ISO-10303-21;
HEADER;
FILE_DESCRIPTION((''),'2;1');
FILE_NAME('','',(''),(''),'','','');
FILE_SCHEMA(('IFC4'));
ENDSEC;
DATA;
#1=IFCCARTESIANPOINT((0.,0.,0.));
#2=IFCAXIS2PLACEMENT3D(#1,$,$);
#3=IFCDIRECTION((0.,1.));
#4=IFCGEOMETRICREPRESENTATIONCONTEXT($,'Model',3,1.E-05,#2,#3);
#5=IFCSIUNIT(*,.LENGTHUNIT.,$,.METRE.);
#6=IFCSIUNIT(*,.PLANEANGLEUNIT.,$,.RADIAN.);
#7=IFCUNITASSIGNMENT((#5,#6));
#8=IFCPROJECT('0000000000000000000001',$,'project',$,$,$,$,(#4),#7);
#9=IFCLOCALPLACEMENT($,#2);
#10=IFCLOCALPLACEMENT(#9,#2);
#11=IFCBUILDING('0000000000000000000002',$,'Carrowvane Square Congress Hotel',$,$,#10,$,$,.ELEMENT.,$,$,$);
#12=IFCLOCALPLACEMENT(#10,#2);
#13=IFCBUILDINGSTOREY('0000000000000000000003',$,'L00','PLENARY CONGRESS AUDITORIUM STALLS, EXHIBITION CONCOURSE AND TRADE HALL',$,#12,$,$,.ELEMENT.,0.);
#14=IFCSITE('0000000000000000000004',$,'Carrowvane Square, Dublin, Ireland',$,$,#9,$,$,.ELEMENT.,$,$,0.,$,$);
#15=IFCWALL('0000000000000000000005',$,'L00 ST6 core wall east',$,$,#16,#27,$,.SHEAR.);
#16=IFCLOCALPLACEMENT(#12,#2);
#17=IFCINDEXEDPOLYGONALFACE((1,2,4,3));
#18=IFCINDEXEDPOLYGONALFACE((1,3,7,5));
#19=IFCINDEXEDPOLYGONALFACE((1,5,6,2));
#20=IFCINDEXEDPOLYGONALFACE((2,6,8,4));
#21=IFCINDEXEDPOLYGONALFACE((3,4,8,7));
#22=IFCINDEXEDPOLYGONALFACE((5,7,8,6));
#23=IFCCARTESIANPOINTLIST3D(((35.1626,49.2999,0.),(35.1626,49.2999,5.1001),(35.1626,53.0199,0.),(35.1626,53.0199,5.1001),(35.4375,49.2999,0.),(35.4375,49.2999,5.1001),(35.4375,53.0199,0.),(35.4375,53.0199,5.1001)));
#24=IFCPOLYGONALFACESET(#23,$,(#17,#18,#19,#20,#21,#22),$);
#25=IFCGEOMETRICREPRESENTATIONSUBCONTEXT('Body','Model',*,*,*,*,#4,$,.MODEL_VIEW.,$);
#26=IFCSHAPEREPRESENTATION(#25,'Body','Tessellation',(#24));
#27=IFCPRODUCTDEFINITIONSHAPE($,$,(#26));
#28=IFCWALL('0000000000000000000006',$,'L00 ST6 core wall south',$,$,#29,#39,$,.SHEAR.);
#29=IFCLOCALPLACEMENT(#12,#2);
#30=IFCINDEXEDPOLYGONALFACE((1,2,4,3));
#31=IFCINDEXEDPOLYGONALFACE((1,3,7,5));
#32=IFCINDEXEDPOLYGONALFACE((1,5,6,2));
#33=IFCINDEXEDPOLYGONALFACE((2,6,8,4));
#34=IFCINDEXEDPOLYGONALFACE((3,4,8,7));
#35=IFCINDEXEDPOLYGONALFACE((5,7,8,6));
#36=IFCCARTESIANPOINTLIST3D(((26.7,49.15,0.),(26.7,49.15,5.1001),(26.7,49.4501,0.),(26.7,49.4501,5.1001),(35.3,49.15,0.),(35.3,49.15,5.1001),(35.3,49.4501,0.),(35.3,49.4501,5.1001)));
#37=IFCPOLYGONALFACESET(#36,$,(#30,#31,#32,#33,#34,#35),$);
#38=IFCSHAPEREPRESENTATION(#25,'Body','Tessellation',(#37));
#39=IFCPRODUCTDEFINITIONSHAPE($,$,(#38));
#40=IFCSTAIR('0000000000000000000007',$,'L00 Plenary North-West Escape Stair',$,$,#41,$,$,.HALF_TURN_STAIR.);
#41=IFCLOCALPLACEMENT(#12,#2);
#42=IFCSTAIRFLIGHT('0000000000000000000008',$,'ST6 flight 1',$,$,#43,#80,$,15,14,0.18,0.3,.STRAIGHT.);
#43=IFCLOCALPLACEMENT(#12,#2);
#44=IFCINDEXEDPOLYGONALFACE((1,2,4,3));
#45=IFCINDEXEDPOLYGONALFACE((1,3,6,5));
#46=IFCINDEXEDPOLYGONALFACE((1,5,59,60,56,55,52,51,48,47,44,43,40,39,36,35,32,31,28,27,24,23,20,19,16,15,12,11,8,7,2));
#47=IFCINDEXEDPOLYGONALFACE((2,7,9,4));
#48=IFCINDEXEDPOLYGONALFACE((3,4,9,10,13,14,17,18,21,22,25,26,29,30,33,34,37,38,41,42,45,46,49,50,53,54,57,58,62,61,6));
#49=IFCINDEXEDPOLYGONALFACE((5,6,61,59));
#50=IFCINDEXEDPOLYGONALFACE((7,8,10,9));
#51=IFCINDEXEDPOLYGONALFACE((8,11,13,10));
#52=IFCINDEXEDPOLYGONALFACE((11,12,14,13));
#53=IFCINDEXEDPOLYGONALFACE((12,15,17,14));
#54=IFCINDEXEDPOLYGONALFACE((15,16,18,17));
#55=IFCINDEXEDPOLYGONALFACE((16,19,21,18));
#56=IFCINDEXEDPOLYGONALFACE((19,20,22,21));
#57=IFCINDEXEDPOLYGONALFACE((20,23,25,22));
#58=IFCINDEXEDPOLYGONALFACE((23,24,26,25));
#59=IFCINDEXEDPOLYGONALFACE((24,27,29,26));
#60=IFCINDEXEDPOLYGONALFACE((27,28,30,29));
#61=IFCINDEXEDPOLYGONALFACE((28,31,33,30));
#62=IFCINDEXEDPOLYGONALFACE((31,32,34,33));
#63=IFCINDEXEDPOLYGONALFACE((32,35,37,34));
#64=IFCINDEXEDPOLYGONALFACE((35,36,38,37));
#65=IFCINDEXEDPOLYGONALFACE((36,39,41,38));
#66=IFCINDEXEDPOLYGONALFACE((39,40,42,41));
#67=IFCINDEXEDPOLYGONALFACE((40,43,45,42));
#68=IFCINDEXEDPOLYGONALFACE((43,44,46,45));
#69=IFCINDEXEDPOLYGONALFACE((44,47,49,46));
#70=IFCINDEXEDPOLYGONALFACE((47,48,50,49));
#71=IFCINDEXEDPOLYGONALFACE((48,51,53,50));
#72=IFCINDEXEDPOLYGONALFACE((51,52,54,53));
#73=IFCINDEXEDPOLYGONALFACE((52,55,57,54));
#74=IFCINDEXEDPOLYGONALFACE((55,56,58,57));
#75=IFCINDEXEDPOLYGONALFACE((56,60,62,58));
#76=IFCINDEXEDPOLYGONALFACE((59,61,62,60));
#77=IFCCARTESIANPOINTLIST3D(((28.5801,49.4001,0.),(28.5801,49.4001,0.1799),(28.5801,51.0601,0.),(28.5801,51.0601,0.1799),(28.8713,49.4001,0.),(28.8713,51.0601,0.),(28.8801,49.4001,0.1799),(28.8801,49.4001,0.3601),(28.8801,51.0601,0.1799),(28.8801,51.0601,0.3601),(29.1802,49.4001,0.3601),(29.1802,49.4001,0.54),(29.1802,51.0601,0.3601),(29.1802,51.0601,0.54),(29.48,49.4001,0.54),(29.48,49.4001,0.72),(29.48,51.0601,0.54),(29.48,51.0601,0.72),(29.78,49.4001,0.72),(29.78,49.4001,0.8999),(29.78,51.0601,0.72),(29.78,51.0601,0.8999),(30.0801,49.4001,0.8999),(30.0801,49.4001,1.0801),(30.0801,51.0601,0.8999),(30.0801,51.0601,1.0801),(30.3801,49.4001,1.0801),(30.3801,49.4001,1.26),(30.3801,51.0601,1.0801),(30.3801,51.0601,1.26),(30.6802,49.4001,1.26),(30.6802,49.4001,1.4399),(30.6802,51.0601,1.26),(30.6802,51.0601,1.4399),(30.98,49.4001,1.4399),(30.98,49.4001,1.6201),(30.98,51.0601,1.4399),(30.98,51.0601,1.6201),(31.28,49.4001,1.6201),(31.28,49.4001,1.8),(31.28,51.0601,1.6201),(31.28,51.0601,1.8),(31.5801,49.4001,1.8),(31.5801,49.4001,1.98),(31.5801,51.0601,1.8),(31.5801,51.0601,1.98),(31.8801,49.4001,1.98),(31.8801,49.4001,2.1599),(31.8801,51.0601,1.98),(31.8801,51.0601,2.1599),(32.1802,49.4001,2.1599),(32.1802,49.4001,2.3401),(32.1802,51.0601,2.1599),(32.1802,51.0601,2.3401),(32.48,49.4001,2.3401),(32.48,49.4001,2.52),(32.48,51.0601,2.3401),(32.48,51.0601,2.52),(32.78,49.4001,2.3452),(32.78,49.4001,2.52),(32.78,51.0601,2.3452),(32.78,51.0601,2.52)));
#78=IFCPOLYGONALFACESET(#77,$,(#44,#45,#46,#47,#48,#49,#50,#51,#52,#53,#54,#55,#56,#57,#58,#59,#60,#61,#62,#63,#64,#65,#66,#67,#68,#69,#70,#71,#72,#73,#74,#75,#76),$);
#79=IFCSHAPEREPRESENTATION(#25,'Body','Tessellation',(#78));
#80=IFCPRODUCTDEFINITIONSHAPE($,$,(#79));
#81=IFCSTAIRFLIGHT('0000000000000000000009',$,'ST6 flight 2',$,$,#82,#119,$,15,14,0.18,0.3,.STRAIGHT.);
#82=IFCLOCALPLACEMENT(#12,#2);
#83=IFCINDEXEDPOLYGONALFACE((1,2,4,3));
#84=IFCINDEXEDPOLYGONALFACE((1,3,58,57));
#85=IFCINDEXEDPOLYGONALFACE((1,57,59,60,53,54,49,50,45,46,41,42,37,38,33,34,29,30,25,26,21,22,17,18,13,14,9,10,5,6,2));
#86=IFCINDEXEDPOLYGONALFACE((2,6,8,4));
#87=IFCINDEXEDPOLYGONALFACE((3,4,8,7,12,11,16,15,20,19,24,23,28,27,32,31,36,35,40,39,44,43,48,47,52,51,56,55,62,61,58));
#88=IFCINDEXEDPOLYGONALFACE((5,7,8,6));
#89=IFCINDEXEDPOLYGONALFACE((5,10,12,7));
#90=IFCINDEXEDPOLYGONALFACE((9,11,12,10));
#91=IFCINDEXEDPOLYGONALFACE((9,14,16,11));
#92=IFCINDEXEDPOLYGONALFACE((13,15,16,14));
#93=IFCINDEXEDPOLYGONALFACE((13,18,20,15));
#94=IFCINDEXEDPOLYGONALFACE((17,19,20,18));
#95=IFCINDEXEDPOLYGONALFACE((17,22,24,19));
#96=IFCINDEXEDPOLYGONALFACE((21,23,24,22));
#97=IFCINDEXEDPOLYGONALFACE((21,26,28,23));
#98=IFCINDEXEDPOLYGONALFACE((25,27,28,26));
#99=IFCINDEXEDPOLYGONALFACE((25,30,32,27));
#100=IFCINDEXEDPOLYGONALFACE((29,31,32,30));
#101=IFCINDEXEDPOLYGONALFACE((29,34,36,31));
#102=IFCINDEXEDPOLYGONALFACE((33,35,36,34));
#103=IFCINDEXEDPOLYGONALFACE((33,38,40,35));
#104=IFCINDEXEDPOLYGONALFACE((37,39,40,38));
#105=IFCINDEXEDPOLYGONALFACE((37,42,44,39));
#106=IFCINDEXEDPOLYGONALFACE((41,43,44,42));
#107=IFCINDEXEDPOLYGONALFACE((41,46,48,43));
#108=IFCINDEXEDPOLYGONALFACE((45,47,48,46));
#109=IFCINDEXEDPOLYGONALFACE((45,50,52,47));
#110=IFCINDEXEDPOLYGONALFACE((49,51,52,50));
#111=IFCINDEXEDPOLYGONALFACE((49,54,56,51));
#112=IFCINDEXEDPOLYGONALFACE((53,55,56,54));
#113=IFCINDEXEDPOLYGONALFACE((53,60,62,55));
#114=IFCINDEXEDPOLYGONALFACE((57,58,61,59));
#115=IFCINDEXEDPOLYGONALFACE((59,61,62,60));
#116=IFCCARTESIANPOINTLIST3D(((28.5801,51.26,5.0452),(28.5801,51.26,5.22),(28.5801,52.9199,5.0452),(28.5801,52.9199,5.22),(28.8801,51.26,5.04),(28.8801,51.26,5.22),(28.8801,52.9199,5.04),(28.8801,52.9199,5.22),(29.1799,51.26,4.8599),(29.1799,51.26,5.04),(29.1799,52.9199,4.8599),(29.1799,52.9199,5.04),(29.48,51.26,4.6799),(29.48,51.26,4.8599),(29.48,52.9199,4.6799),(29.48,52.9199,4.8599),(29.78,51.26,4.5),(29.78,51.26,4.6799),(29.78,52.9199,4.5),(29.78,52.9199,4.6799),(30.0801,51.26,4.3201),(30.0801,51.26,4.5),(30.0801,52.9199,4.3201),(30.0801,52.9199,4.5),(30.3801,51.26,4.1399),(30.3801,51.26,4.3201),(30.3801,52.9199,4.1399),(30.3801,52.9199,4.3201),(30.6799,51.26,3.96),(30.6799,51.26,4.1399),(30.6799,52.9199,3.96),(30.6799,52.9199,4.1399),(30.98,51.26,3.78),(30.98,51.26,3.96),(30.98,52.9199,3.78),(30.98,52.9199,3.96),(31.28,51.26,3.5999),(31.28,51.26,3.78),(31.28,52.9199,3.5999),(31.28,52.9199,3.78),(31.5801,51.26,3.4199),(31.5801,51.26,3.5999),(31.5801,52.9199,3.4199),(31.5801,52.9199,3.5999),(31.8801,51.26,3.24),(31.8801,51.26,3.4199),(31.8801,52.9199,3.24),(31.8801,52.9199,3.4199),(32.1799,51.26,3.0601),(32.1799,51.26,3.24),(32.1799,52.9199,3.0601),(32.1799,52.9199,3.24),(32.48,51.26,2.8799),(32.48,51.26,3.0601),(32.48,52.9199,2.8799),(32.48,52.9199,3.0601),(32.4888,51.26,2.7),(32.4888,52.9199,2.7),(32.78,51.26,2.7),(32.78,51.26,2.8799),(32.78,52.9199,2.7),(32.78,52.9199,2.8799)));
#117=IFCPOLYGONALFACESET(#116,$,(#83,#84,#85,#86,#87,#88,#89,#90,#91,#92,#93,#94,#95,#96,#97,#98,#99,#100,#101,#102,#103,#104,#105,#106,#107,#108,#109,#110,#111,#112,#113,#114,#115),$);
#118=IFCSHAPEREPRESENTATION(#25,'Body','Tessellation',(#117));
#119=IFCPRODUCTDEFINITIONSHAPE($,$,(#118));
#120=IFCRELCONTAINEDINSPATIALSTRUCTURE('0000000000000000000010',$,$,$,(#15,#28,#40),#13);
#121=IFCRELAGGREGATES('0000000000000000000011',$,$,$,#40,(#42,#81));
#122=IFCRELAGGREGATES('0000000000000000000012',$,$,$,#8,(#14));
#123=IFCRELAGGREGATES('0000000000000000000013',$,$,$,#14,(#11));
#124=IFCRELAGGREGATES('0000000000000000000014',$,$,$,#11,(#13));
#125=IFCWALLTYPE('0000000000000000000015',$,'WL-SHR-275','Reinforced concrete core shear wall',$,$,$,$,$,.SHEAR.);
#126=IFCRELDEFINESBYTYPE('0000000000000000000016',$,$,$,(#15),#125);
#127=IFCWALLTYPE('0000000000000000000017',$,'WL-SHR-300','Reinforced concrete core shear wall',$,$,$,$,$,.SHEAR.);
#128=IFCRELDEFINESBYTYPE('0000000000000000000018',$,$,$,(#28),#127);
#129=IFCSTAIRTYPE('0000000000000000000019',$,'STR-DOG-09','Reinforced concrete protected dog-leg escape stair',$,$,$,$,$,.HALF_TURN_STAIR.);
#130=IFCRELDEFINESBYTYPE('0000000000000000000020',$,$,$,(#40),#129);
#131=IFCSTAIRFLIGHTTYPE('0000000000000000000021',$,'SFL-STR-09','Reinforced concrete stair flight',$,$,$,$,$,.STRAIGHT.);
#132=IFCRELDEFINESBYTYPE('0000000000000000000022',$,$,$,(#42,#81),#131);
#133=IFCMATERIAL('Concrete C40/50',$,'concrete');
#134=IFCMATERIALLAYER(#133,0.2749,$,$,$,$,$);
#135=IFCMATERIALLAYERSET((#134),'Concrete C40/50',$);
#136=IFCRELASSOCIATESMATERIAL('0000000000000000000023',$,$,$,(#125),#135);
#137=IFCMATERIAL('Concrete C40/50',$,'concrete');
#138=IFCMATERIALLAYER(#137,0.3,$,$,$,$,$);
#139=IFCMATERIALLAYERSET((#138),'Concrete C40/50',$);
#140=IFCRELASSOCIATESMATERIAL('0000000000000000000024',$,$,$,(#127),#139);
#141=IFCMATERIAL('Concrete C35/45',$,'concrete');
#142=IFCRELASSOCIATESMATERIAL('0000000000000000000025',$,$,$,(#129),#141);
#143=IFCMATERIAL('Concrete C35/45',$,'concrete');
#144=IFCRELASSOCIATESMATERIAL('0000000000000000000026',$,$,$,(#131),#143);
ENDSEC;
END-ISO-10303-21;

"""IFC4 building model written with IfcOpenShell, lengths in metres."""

from ifc_helpers import new_model, si_unit, direction, frame, frame_2d, origin, place, context, subcontext, project, spatial, polyline, rectangle, outline, extrude, material, layer, layer_set, type_object, element, aggregate, save


model = new_model("IFC4")

# Units and contexts
model_context = context("Model", 3, precision=1e-05, world=origin(), true_north=direction((0.0, 1.0)))
body_context = subcontext(model_context, "Body", "Model", "MODEL_VIEW")
ifc_project = project(units=[si_unit("LENGTHUNIT", "METRE"), si_unit("PLANEANGLEUNIT", "RADIAN")], contexts=[model_context])

# Site, building, storey
site_placement = place(None, origin())
site = spatial("IfcSite", under=ifc_project, at=site_placement, Name="Carrowvane Square, Dublin, Ireland", CompositionType="ELEMENT", RefElevation=0.0)
building_placement = place(site_placement, origin())
building = spatial("IfcBuilding", under=site, at=building_placement, Name="Carrowvane Square Congress Hotel", CompositionType="ELEMENT")
storey_placement = place(building_placement, origin())
storey = spatial("IfcBuildingStorey", under=building, at=storey_placement, Name="L00", Description="PLENARY CONGRESS AUDITORIUM STALLS, EXHIBITION CONCOURSE AND TRADE HALL", CompositionType="ELEMENT", Elevation=0.0)

# Walls
ifc_material_1 = material(Name="Concrete C40/50", Category="concrete")
ifc_layer_1 = layer(ifc_material_1, 0.2749)
ifc_layer_set_1 = layer_set([ifc_layer_1], Name="Concrete C40/50")
wall_type_1 = type_object("IfcWallType", Name="WL-SHR-275", Description="Reinforced concrete core shear wall", PredefinedType="SHEAR", material=ifc_layer_set_1)
wall_1_placement = place(storey_placement, frame((35.3, 49.3, 0.0), z_axis=(0.0, 0.0, 1.0), x_axis=(0.0, 1.0, 0.0)))
element("IfcWall", 1, at=wall_1_placement, inside=storey, type_object=wall_type_1, Name="L00 ST6 core wall east", PredefinedType="SHEAR", context=body_context, shape_type="SweptSolid", body=[
    extrude(rectangle(XDim=3.72, YDim=0.2749, at=frame_2d((1.8599, 0.0))), origin(), (0.0, 0.0, 1.0), 5.1001),
])
ifc_material_2 = material(Name="Concrete C40/50", Category="concrete")
ifc_layer_2 = layer(ifc_material_2, 0.3)
ifc_layer_set_2 = layer_set([ifc_layer_2], Name="Concrete C40/50")
wall_type_2 = type_object("IfcWallType", Name="WL-SHR-300", Description="Reinforced concrete core shear wall", PredefinedType="SHEAR", material=ifc_layer_set_2)
wall_2_placement = place(storey_placement, frame((26.7, 49.3, 0.0), z_axis=(0.0, 0.0, 1.0), x_axis=(1.0, 0.0, 0.0)))
element("IfcWall", 2, at=wall_2_placement, inside=storey, type_object=wall_type_2, Name="L00 ST6 core wall south", PredefinedType="SHEAR", context=body_context, shape_type="SweptSolid", body=[
    extrude(rectangle(XDim=8.6001, YDim=0.3, at=frame_2d((4.3, 0.0))), origin(), (0.0, 0.0, 1.0), 5.1001),
])

# Stair, stair flights
ifc_material_3 = material(Name="Concrete C35/45", Category="concrete")
stair_type = type_object("IfcStairType", Name="STR-DOG-09", Description="Reinforced concrete protected dog-leg escape stair", PredefinedType="HALF_TURN_STAIR", material=ifc_material_3)
stair_placement = place(storey_placement, origin())
stair = element("IfcStair", 3, at=stair_placement, inside=storey, type_object=stair_type, Name="L00 Plenary North-West Escape Stair", PredefinedType="HALF_TURN_STAIR")
ifc_material_4 = material(Name="Concrete C35/45", Category="concrete")
stair_flight_type = type_object("IfcStairFlightType", Name="SFL-STR-09", Description="Reinforced concrete stair flight", PredefinedType="STRAIGHT", material=ifc_material_4)
stair_flight_1_placement = place(storey_placement, frame((28.5801, 50.23, 0.0), z_axis=(0.0, 0.0, 1.0), x_axis=(1.0, 0.0, 0.0)))
stair_flight_1 = element("IfcStairFlight", 4, at=stair_flight_1_placement, type_object=stair_flight_type, Name="ST6 flight 1", NumberOfRisers=15, NumberOfTreads=14, PredefinedType="STRAIGHT", RiserHeight=0.18, TreadLength=0.3, context=body_context, shape_type="SweptSolid", body=[
    extrude(outline(polyline([(0.0, 0.0), (0.0, 0.1799), (0.3, 0.1799), (0.3, 0.3601), (0.6001, 0.3601), (0.6001, 0.54), (0.8999, 0.54), (0.8999, 0.72), (1.2, 0.72), (1.2, 0.8999), (1.5, 0.8999), (1.5, 1.0801), (1.8, 1.0801), (1.8, 1.26), (2.1001, 1.26), (2.1001, 1.4399), (2.3999, 1.4399), (2.3999, 1.6201), (2.7, 1.6201), (2.7, 1.8), (3.0, 1.8), (3.0, 1.98), (3.3, 1.98), (3.3, 2.1599), (3.6001, 2.1599), (3.6001, 2.3401), (3.8999, 2.3401), (3.8999, 2.52), (4.2, 2.52), (4.2, 2.7), (4.2, 2.3452), (0.2913, 0.0), (0.0, 0.0)])), frame((0.0, 0.8301, 0.0), z_axis=(0.0, -1.0, 0.0), x_axis=(1.0, 0.0, 0.0)), (0.0, 0.0, 1.0), 1.6599),
])
stair_flight_2_placement = place(storey_placement, frame((32.78, 52.0901, 2.7), z_axis=(0.0, 0.0, 1.0), x_axis=(-1.0, 0.0, 0.0)))
stair_flight_2 = element("IfcStairFlight", 5, at=stair_flight_2_placement, type_object=stair_flight_type, Name="ST6 flight 2", NumberOfRisers=15, NumberOfTreads=14, PredefinedType="STRAIGHT", RiserHeight=0.18, TreadLength=0.3, context=body_context, shape_type="SweptSolid", body=[
    extrude(outline(polyline([(0.0, 0.0), (0.0, 0.1799), (0.3, 0.1799), (0.3, 0.3601), (0.6001, 0.3601), (0.6001, 0.54), (0.8999, 0.54), (0.8999, 0.72), (1.2, 0.72), (1.2, 0.8999), (1.5, 0.8999), (1.5, 1.0801), (1.8, 1.0801), (1.8, 1.26), (2.1001, 1.26), (2.1001, 1.4399), (2.3999, 1.4399), (2.3999, 1.6201), (2.7, 1.6201), (2.7, 1.8), (3.0, 1.8), (3.0, 1.98), (3.3, 1.98), (3.3, 2.1599), (3.6001, 2.1599), (3.6001, 2.3401), (3.8999, 2.3401), (3.8999, 2.52), (4.2, 2.52), (4.2, 2.7), (4.2, 2.3452), (0.2913, 0.0), (0.0, 0.0)])), frame((0.0, 0.8301, 0.0), z_axis=(0.0, -1.0, 0.0), x_axis=(1.0, 0.0, 0.0)), (0.0, 0.0, 1.0), 1.6599),
])
aggregate(stair, [stair_flight_1, stair_flight_2])

save(model, "model.ifc")
